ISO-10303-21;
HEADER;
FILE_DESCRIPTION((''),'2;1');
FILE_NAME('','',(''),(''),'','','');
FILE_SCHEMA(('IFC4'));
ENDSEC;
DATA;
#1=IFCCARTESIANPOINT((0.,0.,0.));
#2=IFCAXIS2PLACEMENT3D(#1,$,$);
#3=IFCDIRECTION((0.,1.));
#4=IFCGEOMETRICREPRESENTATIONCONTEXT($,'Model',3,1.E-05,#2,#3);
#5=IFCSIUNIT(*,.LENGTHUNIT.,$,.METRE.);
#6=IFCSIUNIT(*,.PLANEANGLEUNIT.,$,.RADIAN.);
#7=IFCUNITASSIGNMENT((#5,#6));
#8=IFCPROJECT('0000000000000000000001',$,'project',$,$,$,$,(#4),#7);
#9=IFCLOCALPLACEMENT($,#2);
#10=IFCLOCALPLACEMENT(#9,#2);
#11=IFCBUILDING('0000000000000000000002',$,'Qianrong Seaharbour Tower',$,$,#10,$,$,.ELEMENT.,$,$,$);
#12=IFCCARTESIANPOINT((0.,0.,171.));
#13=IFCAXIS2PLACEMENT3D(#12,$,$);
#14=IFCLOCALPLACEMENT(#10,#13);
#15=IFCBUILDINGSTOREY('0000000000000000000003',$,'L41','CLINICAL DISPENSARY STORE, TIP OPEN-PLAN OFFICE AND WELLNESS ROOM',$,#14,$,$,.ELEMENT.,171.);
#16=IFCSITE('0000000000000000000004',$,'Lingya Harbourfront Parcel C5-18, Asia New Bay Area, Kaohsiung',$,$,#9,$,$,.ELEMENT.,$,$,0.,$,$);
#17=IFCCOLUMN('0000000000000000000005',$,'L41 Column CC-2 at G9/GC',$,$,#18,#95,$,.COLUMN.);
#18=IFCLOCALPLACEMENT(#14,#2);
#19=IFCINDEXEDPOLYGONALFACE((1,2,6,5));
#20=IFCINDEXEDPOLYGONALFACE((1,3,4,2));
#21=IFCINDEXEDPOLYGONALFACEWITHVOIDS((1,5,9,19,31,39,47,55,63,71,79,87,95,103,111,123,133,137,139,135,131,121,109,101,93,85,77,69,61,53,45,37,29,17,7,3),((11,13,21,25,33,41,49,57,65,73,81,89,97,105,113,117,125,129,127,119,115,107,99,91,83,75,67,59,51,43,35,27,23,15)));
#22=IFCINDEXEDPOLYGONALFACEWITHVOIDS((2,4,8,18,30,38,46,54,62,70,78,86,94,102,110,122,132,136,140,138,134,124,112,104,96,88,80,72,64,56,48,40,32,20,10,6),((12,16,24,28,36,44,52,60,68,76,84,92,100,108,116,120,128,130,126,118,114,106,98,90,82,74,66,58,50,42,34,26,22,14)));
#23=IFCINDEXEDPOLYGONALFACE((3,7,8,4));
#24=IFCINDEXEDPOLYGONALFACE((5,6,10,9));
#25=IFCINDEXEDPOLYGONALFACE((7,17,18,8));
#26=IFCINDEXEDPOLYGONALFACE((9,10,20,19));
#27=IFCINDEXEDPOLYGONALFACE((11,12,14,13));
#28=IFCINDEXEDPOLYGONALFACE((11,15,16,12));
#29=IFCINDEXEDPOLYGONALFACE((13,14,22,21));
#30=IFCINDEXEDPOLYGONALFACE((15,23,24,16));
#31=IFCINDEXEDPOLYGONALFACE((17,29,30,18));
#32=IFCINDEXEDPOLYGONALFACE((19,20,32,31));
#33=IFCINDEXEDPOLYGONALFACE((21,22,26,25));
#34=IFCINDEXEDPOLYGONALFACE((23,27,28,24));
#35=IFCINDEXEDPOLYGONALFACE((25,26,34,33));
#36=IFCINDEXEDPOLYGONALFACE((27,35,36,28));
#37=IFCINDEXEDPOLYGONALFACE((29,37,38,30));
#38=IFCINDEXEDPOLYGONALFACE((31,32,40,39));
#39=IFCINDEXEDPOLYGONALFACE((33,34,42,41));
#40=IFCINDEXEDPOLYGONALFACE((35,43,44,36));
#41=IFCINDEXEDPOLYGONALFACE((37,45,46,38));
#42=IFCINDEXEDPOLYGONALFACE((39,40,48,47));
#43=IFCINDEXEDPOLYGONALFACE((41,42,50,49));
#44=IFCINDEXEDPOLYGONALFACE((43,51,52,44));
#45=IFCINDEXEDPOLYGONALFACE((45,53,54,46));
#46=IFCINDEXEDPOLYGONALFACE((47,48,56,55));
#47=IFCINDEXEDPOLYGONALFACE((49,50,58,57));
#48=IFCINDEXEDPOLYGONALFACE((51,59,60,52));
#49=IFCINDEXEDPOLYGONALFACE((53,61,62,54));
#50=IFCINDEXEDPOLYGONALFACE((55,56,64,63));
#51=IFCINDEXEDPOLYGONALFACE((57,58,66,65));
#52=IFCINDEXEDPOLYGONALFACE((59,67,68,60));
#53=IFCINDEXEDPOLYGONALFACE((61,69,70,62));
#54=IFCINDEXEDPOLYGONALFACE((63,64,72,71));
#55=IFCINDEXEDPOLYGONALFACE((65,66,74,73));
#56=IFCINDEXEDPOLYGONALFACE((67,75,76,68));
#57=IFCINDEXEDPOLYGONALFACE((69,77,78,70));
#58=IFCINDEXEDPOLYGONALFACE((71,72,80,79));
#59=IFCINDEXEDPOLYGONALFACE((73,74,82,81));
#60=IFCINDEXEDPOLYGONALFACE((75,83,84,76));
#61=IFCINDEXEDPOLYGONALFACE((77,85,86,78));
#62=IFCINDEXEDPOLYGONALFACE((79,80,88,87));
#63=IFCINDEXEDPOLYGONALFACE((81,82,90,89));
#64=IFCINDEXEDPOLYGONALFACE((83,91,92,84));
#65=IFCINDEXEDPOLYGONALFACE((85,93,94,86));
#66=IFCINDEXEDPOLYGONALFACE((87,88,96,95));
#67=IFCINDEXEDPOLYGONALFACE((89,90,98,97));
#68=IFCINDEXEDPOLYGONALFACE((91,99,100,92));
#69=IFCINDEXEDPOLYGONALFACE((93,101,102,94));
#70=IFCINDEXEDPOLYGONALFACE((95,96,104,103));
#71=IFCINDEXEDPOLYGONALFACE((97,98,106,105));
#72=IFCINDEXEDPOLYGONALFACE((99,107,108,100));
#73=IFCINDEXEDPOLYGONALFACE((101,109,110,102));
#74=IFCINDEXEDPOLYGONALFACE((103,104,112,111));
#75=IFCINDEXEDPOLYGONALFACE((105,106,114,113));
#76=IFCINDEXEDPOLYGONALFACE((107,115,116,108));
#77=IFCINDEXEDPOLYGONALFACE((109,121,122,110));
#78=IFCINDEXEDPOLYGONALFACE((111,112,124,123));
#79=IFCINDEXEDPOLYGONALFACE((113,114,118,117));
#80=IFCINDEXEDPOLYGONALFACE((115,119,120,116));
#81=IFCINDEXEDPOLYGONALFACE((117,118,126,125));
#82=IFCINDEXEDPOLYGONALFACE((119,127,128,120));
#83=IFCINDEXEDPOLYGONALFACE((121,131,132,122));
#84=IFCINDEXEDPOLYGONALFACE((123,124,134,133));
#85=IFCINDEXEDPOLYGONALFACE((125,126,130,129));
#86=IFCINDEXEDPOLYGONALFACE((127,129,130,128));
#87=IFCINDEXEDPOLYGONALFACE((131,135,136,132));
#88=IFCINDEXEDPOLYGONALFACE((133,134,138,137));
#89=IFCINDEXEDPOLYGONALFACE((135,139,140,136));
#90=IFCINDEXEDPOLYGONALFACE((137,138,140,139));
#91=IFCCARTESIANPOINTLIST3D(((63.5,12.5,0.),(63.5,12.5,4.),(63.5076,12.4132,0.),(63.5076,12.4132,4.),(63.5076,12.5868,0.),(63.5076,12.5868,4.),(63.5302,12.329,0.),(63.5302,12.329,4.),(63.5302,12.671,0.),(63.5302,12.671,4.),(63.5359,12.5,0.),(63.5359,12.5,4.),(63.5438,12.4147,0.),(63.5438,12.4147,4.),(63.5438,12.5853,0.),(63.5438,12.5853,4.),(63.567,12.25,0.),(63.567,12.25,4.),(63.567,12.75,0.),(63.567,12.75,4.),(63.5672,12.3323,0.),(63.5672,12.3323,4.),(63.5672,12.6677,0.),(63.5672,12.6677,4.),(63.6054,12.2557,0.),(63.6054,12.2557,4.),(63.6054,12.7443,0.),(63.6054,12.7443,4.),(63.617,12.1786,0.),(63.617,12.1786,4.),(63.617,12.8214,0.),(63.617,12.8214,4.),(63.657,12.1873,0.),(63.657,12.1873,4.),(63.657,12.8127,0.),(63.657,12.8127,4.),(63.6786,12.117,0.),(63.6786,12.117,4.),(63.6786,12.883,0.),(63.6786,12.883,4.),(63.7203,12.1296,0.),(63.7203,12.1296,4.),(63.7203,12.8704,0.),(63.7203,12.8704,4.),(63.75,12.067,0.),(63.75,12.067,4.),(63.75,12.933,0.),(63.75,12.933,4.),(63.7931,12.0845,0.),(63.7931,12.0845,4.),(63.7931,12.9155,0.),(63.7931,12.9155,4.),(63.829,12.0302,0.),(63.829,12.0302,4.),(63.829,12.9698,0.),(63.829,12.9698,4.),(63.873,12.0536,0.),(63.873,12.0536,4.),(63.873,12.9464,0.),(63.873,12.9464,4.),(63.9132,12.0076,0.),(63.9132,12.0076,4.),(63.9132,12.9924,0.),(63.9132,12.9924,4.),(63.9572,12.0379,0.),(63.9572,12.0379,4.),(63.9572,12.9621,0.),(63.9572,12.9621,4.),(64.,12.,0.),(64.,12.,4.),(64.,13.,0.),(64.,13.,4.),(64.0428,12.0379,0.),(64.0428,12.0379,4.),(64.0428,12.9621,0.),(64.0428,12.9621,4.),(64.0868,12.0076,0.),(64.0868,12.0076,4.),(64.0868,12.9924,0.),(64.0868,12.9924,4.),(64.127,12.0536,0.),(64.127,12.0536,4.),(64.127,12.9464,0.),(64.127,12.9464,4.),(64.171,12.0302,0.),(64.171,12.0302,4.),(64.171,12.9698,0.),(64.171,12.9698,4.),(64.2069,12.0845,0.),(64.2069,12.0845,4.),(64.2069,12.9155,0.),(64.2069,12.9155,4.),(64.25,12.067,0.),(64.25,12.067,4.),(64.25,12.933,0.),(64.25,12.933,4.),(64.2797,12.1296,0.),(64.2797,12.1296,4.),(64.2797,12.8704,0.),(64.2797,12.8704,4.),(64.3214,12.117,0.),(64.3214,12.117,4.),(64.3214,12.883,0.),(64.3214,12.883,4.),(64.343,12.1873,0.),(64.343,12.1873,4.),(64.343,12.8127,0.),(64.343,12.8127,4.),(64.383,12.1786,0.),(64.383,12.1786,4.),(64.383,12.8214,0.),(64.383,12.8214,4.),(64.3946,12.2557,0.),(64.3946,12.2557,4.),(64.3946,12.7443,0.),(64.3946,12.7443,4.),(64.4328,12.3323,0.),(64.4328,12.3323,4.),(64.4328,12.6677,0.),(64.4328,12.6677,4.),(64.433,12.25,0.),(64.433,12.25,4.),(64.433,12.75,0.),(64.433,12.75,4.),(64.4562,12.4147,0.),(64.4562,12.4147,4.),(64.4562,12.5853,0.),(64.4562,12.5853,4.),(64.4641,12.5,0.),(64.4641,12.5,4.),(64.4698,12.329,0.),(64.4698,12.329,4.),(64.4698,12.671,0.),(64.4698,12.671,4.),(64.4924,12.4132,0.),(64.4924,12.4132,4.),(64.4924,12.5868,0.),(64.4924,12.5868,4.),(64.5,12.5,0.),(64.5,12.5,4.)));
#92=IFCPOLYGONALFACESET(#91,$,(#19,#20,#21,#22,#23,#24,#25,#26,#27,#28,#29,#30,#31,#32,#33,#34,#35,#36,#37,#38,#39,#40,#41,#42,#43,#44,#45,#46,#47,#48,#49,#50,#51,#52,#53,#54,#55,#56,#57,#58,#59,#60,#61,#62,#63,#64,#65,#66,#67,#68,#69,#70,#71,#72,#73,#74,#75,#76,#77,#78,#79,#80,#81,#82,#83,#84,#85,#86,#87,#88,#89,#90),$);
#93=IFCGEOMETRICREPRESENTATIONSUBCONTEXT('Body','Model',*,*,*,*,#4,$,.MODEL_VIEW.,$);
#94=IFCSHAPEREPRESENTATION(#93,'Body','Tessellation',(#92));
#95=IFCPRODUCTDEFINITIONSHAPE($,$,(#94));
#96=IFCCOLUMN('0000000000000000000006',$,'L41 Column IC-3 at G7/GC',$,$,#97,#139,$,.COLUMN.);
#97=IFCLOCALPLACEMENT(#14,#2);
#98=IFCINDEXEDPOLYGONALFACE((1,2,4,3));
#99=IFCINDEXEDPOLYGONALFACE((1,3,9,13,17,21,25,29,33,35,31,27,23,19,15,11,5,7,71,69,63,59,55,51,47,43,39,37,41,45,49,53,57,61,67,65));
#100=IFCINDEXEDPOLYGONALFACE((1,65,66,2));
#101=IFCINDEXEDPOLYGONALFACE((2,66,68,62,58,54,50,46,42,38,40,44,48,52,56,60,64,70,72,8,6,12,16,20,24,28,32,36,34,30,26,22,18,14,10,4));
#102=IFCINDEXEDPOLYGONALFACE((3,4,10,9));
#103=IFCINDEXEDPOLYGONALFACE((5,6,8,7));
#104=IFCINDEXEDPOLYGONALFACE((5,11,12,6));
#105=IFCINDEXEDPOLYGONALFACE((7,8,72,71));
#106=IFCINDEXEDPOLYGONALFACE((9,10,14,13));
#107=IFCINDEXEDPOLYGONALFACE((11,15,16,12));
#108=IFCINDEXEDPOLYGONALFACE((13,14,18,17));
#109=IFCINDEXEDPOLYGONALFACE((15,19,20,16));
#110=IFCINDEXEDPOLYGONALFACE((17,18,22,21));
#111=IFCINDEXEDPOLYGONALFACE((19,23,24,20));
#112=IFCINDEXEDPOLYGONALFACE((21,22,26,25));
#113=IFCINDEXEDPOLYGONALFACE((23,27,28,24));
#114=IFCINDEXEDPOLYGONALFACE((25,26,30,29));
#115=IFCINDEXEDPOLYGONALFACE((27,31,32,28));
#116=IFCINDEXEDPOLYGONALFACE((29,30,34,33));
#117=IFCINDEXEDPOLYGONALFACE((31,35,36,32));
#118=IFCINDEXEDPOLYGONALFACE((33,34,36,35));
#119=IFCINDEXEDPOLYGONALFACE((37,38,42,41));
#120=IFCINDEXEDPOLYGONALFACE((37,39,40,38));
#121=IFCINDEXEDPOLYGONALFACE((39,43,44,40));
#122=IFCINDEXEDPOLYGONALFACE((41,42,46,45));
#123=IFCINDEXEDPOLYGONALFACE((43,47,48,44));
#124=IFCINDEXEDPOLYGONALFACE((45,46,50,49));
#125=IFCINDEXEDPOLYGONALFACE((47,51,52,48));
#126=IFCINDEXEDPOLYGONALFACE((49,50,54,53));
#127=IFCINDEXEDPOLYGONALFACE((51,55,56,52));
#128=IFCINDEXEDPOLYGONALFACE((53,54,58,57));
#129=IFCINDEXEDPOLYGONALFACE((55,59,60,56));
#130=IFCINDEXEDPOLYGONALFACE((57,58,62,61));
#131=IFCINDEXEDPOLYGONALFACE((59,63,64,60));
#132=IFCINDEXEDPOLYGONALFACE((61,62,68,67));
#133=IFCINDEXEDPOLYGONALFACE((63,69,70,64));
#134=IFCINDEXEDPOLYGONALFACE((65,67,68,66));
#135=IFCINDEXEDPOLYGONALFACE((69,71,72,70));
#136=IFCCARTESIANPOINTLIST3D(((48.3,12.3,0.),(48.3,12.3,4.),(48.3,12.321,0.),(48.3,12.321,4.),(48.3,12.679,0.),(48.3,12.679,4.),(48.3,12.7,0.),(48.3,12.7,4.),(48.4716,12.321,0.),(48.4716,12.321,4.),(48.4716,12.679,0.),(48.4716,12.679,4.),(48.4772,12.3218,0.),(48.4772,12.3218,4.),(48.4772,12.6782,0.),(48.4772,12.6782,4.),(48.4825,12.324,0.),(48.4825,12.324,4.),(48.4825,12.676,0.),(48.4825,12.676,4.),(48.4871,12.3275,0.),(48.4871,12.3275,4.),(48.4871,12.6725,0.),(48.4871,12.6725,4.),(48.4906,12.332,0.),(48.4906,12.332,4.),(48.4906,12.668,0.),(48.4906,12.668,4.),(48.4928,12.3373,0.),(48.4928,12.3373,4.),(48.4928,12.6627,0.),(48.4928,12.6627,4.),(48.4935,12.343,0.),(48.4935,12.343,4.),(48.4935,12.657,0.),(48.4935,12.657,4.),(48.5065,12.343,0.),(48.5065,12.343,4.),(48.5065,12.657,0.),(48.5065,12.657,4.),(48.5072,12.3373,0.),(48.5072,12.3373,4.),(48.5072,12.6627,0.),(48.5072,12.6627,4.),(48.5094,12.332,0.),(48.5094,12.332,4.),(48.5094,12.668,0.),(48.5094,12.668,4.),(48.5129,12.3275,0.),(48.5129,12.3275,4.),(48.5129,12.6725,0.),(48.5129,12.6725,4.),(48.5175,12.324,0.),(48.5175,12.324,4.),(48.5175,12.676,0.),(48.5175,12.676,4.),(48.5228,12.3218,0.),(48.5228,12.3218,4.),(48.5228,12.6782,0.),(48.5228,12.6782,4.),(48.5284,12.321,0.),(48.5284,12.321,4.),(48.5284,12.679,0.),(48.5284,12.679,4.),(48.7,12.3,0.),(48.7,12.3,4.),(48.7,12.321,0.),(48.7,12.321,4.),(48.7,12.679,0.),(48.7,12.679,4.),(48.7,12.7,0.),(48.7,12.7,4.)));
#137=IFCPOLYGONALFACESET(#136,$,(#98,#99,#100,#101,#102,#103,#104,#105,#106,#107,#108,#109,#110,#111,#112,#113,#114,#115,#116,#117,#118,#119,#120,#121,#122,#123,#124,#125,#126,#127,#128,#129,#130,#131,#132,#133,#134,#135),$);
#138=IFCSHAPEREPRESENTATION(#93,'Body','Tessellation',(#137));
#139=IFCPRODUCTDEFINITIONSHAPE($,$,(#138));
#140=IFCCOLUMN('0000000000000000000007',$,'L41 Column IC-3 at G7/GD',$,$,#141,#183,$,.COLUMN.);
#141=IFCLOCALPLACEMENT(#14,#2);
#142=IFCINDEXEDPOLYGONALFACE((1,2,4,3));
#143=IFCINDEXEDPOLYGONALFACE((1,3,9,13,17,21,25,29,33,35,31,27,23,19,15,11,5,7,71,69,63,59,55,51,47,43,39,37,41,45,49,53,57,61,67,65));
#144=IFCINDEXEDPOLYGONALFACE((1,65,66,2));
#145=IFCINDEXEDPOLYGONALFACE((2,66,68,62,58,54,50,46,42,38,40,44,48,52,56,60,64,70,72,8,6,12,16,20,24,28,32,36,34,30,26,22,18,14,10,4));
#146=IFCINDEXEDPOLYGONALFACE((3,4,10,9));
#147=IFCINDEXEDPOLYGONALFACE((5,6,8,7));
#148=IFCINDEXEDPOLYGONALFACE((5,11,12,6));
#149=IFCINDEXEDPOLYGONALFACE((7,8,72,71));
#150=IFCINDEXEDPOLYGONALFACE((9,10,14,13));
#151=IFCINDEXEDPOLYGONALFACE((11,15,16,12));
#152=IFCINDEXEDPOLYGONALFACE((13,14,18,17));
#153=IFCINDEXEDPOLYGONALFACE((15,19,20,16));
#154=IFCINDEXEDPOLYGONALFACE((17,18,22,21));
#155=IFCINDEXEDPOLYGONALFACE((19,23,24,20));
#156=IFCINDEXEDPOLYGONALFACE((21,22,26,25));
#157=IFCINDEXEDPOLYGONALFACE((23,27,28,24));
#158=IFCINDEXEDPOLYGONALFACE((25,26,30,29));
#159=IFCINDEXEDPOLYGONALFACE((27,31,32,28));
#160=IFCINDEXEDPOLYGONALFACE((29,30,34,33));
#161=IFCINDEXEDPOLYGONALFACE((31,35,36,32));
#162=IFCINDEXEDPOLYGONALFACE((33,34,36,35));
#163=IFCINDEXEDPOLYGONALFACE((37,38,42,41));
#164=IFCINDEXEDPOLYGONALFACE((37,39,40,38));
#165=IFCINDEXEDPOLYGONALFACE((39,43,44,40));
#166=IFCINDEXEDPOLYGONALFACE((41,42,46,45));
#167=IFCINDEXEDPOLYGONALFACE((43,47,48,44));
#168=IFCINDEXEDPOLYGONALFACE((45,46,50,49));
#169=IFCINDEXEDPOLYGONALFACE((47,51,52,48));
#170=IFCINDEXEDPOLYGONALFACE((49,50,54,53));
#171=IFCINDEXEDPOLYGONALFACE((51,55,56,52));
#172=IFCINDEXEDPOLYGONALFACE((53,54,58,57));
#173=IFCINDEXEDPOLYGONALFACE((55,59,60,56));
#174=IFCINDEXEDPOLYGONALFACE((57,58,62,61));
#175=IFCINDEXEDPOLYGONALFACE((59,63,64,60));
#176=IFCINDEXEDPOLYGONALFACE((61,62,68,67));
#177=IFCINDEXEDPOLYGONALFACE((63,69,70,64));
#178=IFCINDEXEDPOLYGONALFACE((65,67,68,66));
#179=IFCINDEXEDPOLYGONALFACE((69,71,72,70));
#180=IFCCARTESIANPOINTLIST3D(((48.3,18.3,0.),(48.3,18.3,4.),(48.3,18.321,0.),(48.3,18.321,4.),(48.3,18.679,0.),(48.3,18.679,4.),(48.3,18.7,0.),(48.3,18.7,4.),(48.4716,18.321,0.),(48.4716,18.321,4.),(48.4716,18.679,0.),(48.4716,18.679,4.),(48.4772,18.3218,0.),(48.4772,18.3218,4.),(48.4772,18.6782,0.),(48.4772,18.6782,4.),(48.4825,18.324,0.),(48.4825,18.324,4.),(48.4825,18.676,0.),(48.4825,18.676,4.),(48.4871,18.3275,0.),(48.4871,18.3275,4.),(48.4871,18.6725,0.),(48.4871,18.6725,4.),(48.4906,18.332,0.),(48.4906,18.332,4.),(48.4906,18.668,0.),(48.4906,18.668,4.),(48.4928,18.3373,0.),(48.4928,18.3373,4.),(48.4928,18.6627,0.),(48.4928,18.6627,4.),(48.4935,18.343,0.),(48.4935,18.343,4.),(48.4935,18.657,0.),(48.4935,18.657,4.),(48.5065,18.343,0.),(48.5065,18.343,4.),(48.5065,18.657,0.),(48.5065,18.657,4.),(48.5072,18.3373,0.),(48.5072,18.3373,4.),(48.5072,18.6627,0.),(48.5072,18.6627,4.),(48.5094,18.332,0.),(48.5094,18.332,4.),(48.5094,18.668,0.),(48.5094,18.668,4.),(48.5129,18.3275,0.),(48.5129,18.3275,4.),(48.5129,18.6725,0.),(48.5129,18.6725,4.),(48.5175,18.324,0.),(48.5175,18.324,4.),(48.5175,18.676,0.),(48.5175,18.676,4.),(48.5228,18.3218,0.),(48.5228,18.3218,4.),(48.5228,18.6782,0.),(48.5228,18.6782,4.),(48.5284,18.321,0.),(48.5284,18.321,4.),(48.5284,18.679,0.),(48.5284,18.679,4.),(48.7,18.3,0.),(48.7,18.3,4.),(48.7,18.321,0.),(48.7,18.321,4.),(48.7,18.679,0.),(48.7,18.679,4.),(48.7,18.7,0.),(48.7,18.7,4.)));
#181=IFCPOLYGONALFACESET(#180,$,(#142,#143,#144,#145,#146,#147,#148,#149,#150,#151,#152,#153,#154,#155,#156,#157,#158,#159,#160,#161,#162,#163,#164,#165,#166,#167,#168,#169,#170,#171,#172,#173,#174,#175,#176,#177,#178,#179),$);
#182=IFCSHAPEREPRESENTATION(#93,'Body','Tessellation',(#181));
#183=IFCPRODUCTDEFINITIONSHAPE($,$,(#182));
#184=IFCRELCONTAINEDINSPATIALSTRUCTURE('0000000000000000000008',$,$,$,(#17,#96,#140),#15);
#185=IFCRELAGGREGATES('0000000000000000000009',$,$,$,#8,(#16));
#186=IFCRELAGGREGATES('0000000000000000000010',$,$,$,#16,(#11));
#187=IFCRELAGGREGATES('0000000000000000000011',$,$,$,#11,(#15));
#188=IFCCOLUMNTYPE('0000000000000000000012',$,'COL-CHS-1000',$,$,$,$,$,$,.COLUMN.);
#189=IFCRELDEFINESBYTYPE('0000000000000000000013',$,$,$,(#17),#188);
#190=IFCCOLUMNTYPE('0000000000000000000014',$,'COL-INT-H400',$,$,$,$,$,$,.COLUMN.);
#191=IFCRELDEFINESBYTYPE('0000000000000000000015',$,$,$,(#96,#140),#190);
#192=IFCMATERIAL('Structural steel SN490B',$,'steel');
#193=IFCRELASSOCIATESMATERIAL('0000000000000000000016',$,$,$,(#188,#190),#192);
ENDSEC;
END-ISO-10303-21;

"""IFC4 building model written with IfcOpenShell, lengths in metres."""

from ifc_helpers import new_model, si_unit, direction, frame, origin, origin_2d, place, context, subcontext, project, spatial, hollow_circle, i_section, extrude, material, material_profile, profile_set, type_object, element, save


model = new_model("IFC4")

# Units and contexts
model_context = context("Model", 3, precision=1e-05, world=origin(), true_north=direction((0.0, 1.0)))
body_context = subcontext(model_context, "Body", "Model", "MODEL_VIEW")
ifc_project = project(units=[si_unit("LENGTHUNIT", "METRE"), si_unit("PLANEANGLEUNIT", "RADIAN")], contexts=[model_context])

# Site, building, storey
site_placement = place(None, origin())
site = spatial("IfcSite", under=ifc_project, at=site_placement, Name="Lingya Harbourfront Parcel C5-18, Asia New Bay Area, Kaohsiung", CompositionType="ELEMENT", RefElevation=0.0)
building_placement = place(site_placement, origin())
building = spatial("IfcBuilding", under=site, at=building_placement, Name="Qianrong Seaharbour Tower", CompositionType="ELEMENT")
storey_placement = place(building_placement, frame((0.0, 0.0, 171.0)))
storey = spatial("IfcBuildingStorey", under=building, at=storey_placement, Name="L41", Description="CLINICAL DISPENSARY STORE, TIP OPEN-PLAN OFFICE AND WELLNESS ROOM", CompositionType="ELEMENT", Elevation=171.0)

# Columns
ifc_material_1 = material(Name="Structural steel SN490B", Category="steel")
ifc_material_profile_1 = material_profile(ifc_material_1, hollow_circle(Radius=0.5, WallThickness=0.0359, at=origin_2d()), Name="CHS1000x36")
ifc_profile_set_1 = profile_set([ifc_material_profile_1], Name="Structural steel SN490B")
column_type_1 = type_object("IfcColumnType", Name="COL-CHS-1000", PredefinedType="COLUMN", material=ifc_profile_set_1)
column_placement = place(storey_placement, frame((64.0, 12.5, 0.0), z_axis=(0.0, 0.0, 1.0), x_axis=(1.0, 0.0, 0.0)))
element("IfcColumn", 1, at=column_placement, inside=storey, type_object=column_type_1, Name="L41 Column CC-2 at G9/GC", PredefinedType="COLUMN", context=body_context, shape_type="SweptSolid", body=[
    extrude(hollow_circle(Radius=0.5, WallThickness=0.0359, at=origin_2d()), origin(), (0.0, 0.0, 1.0), 4.0),
])
ifc_material_profile_2 = material_profile(ifc_material_1, i_section(OverallWidth=0.3999, OverallDepth=0.3999, WebThickness=0.0129, FlangeThickness=0.021, FilletRadius=0.022, at=origin_2d()), Name="H400x400x13x21")
ifc_profile_set_2 = profile_set([ifc_material_profile_2], Name="Structural steel SN490B")
column_type_2 = type_object("IfcColumnType", Name="COL-INT-H400", PredefinedType="COLUMN", material=ifc_profile_set_2)
for number, where, z_axis, x_axis, name in (
    (2, (48.5, 12.5, 0.0), (0.0, 0.0, 1.0), (1.0, 0.0, 0.0), "L41 Column IC-3 at G7/GC"),
    (3, (48.5, 18.5, 0.0), (0.0, 0.0, 1.0), (1.0, 0.0, 0.0), "L41 Column IC-3 at G7/GD"),
):
    element("IfcColumn", number, at=place(storey_placement, frame(where, z_axis=z_axis, x_axis=x_axis)), inside=storey, type_object=column_type_2, Name=name, PredefinedType="COLUMN", context=body_context, shape_type="SweptSolid", body=[
        extrude(i_section(OverallWidth=0.3999, OverallDepth=0.3999, WebThickness=0.0129, FlangeThickness=0.021, FilletRadius=0.022, at=origin_2d()), origin(), (0.0, 0.0, 1.0), 4.0),
    ])

save(model, "model.ifc")
